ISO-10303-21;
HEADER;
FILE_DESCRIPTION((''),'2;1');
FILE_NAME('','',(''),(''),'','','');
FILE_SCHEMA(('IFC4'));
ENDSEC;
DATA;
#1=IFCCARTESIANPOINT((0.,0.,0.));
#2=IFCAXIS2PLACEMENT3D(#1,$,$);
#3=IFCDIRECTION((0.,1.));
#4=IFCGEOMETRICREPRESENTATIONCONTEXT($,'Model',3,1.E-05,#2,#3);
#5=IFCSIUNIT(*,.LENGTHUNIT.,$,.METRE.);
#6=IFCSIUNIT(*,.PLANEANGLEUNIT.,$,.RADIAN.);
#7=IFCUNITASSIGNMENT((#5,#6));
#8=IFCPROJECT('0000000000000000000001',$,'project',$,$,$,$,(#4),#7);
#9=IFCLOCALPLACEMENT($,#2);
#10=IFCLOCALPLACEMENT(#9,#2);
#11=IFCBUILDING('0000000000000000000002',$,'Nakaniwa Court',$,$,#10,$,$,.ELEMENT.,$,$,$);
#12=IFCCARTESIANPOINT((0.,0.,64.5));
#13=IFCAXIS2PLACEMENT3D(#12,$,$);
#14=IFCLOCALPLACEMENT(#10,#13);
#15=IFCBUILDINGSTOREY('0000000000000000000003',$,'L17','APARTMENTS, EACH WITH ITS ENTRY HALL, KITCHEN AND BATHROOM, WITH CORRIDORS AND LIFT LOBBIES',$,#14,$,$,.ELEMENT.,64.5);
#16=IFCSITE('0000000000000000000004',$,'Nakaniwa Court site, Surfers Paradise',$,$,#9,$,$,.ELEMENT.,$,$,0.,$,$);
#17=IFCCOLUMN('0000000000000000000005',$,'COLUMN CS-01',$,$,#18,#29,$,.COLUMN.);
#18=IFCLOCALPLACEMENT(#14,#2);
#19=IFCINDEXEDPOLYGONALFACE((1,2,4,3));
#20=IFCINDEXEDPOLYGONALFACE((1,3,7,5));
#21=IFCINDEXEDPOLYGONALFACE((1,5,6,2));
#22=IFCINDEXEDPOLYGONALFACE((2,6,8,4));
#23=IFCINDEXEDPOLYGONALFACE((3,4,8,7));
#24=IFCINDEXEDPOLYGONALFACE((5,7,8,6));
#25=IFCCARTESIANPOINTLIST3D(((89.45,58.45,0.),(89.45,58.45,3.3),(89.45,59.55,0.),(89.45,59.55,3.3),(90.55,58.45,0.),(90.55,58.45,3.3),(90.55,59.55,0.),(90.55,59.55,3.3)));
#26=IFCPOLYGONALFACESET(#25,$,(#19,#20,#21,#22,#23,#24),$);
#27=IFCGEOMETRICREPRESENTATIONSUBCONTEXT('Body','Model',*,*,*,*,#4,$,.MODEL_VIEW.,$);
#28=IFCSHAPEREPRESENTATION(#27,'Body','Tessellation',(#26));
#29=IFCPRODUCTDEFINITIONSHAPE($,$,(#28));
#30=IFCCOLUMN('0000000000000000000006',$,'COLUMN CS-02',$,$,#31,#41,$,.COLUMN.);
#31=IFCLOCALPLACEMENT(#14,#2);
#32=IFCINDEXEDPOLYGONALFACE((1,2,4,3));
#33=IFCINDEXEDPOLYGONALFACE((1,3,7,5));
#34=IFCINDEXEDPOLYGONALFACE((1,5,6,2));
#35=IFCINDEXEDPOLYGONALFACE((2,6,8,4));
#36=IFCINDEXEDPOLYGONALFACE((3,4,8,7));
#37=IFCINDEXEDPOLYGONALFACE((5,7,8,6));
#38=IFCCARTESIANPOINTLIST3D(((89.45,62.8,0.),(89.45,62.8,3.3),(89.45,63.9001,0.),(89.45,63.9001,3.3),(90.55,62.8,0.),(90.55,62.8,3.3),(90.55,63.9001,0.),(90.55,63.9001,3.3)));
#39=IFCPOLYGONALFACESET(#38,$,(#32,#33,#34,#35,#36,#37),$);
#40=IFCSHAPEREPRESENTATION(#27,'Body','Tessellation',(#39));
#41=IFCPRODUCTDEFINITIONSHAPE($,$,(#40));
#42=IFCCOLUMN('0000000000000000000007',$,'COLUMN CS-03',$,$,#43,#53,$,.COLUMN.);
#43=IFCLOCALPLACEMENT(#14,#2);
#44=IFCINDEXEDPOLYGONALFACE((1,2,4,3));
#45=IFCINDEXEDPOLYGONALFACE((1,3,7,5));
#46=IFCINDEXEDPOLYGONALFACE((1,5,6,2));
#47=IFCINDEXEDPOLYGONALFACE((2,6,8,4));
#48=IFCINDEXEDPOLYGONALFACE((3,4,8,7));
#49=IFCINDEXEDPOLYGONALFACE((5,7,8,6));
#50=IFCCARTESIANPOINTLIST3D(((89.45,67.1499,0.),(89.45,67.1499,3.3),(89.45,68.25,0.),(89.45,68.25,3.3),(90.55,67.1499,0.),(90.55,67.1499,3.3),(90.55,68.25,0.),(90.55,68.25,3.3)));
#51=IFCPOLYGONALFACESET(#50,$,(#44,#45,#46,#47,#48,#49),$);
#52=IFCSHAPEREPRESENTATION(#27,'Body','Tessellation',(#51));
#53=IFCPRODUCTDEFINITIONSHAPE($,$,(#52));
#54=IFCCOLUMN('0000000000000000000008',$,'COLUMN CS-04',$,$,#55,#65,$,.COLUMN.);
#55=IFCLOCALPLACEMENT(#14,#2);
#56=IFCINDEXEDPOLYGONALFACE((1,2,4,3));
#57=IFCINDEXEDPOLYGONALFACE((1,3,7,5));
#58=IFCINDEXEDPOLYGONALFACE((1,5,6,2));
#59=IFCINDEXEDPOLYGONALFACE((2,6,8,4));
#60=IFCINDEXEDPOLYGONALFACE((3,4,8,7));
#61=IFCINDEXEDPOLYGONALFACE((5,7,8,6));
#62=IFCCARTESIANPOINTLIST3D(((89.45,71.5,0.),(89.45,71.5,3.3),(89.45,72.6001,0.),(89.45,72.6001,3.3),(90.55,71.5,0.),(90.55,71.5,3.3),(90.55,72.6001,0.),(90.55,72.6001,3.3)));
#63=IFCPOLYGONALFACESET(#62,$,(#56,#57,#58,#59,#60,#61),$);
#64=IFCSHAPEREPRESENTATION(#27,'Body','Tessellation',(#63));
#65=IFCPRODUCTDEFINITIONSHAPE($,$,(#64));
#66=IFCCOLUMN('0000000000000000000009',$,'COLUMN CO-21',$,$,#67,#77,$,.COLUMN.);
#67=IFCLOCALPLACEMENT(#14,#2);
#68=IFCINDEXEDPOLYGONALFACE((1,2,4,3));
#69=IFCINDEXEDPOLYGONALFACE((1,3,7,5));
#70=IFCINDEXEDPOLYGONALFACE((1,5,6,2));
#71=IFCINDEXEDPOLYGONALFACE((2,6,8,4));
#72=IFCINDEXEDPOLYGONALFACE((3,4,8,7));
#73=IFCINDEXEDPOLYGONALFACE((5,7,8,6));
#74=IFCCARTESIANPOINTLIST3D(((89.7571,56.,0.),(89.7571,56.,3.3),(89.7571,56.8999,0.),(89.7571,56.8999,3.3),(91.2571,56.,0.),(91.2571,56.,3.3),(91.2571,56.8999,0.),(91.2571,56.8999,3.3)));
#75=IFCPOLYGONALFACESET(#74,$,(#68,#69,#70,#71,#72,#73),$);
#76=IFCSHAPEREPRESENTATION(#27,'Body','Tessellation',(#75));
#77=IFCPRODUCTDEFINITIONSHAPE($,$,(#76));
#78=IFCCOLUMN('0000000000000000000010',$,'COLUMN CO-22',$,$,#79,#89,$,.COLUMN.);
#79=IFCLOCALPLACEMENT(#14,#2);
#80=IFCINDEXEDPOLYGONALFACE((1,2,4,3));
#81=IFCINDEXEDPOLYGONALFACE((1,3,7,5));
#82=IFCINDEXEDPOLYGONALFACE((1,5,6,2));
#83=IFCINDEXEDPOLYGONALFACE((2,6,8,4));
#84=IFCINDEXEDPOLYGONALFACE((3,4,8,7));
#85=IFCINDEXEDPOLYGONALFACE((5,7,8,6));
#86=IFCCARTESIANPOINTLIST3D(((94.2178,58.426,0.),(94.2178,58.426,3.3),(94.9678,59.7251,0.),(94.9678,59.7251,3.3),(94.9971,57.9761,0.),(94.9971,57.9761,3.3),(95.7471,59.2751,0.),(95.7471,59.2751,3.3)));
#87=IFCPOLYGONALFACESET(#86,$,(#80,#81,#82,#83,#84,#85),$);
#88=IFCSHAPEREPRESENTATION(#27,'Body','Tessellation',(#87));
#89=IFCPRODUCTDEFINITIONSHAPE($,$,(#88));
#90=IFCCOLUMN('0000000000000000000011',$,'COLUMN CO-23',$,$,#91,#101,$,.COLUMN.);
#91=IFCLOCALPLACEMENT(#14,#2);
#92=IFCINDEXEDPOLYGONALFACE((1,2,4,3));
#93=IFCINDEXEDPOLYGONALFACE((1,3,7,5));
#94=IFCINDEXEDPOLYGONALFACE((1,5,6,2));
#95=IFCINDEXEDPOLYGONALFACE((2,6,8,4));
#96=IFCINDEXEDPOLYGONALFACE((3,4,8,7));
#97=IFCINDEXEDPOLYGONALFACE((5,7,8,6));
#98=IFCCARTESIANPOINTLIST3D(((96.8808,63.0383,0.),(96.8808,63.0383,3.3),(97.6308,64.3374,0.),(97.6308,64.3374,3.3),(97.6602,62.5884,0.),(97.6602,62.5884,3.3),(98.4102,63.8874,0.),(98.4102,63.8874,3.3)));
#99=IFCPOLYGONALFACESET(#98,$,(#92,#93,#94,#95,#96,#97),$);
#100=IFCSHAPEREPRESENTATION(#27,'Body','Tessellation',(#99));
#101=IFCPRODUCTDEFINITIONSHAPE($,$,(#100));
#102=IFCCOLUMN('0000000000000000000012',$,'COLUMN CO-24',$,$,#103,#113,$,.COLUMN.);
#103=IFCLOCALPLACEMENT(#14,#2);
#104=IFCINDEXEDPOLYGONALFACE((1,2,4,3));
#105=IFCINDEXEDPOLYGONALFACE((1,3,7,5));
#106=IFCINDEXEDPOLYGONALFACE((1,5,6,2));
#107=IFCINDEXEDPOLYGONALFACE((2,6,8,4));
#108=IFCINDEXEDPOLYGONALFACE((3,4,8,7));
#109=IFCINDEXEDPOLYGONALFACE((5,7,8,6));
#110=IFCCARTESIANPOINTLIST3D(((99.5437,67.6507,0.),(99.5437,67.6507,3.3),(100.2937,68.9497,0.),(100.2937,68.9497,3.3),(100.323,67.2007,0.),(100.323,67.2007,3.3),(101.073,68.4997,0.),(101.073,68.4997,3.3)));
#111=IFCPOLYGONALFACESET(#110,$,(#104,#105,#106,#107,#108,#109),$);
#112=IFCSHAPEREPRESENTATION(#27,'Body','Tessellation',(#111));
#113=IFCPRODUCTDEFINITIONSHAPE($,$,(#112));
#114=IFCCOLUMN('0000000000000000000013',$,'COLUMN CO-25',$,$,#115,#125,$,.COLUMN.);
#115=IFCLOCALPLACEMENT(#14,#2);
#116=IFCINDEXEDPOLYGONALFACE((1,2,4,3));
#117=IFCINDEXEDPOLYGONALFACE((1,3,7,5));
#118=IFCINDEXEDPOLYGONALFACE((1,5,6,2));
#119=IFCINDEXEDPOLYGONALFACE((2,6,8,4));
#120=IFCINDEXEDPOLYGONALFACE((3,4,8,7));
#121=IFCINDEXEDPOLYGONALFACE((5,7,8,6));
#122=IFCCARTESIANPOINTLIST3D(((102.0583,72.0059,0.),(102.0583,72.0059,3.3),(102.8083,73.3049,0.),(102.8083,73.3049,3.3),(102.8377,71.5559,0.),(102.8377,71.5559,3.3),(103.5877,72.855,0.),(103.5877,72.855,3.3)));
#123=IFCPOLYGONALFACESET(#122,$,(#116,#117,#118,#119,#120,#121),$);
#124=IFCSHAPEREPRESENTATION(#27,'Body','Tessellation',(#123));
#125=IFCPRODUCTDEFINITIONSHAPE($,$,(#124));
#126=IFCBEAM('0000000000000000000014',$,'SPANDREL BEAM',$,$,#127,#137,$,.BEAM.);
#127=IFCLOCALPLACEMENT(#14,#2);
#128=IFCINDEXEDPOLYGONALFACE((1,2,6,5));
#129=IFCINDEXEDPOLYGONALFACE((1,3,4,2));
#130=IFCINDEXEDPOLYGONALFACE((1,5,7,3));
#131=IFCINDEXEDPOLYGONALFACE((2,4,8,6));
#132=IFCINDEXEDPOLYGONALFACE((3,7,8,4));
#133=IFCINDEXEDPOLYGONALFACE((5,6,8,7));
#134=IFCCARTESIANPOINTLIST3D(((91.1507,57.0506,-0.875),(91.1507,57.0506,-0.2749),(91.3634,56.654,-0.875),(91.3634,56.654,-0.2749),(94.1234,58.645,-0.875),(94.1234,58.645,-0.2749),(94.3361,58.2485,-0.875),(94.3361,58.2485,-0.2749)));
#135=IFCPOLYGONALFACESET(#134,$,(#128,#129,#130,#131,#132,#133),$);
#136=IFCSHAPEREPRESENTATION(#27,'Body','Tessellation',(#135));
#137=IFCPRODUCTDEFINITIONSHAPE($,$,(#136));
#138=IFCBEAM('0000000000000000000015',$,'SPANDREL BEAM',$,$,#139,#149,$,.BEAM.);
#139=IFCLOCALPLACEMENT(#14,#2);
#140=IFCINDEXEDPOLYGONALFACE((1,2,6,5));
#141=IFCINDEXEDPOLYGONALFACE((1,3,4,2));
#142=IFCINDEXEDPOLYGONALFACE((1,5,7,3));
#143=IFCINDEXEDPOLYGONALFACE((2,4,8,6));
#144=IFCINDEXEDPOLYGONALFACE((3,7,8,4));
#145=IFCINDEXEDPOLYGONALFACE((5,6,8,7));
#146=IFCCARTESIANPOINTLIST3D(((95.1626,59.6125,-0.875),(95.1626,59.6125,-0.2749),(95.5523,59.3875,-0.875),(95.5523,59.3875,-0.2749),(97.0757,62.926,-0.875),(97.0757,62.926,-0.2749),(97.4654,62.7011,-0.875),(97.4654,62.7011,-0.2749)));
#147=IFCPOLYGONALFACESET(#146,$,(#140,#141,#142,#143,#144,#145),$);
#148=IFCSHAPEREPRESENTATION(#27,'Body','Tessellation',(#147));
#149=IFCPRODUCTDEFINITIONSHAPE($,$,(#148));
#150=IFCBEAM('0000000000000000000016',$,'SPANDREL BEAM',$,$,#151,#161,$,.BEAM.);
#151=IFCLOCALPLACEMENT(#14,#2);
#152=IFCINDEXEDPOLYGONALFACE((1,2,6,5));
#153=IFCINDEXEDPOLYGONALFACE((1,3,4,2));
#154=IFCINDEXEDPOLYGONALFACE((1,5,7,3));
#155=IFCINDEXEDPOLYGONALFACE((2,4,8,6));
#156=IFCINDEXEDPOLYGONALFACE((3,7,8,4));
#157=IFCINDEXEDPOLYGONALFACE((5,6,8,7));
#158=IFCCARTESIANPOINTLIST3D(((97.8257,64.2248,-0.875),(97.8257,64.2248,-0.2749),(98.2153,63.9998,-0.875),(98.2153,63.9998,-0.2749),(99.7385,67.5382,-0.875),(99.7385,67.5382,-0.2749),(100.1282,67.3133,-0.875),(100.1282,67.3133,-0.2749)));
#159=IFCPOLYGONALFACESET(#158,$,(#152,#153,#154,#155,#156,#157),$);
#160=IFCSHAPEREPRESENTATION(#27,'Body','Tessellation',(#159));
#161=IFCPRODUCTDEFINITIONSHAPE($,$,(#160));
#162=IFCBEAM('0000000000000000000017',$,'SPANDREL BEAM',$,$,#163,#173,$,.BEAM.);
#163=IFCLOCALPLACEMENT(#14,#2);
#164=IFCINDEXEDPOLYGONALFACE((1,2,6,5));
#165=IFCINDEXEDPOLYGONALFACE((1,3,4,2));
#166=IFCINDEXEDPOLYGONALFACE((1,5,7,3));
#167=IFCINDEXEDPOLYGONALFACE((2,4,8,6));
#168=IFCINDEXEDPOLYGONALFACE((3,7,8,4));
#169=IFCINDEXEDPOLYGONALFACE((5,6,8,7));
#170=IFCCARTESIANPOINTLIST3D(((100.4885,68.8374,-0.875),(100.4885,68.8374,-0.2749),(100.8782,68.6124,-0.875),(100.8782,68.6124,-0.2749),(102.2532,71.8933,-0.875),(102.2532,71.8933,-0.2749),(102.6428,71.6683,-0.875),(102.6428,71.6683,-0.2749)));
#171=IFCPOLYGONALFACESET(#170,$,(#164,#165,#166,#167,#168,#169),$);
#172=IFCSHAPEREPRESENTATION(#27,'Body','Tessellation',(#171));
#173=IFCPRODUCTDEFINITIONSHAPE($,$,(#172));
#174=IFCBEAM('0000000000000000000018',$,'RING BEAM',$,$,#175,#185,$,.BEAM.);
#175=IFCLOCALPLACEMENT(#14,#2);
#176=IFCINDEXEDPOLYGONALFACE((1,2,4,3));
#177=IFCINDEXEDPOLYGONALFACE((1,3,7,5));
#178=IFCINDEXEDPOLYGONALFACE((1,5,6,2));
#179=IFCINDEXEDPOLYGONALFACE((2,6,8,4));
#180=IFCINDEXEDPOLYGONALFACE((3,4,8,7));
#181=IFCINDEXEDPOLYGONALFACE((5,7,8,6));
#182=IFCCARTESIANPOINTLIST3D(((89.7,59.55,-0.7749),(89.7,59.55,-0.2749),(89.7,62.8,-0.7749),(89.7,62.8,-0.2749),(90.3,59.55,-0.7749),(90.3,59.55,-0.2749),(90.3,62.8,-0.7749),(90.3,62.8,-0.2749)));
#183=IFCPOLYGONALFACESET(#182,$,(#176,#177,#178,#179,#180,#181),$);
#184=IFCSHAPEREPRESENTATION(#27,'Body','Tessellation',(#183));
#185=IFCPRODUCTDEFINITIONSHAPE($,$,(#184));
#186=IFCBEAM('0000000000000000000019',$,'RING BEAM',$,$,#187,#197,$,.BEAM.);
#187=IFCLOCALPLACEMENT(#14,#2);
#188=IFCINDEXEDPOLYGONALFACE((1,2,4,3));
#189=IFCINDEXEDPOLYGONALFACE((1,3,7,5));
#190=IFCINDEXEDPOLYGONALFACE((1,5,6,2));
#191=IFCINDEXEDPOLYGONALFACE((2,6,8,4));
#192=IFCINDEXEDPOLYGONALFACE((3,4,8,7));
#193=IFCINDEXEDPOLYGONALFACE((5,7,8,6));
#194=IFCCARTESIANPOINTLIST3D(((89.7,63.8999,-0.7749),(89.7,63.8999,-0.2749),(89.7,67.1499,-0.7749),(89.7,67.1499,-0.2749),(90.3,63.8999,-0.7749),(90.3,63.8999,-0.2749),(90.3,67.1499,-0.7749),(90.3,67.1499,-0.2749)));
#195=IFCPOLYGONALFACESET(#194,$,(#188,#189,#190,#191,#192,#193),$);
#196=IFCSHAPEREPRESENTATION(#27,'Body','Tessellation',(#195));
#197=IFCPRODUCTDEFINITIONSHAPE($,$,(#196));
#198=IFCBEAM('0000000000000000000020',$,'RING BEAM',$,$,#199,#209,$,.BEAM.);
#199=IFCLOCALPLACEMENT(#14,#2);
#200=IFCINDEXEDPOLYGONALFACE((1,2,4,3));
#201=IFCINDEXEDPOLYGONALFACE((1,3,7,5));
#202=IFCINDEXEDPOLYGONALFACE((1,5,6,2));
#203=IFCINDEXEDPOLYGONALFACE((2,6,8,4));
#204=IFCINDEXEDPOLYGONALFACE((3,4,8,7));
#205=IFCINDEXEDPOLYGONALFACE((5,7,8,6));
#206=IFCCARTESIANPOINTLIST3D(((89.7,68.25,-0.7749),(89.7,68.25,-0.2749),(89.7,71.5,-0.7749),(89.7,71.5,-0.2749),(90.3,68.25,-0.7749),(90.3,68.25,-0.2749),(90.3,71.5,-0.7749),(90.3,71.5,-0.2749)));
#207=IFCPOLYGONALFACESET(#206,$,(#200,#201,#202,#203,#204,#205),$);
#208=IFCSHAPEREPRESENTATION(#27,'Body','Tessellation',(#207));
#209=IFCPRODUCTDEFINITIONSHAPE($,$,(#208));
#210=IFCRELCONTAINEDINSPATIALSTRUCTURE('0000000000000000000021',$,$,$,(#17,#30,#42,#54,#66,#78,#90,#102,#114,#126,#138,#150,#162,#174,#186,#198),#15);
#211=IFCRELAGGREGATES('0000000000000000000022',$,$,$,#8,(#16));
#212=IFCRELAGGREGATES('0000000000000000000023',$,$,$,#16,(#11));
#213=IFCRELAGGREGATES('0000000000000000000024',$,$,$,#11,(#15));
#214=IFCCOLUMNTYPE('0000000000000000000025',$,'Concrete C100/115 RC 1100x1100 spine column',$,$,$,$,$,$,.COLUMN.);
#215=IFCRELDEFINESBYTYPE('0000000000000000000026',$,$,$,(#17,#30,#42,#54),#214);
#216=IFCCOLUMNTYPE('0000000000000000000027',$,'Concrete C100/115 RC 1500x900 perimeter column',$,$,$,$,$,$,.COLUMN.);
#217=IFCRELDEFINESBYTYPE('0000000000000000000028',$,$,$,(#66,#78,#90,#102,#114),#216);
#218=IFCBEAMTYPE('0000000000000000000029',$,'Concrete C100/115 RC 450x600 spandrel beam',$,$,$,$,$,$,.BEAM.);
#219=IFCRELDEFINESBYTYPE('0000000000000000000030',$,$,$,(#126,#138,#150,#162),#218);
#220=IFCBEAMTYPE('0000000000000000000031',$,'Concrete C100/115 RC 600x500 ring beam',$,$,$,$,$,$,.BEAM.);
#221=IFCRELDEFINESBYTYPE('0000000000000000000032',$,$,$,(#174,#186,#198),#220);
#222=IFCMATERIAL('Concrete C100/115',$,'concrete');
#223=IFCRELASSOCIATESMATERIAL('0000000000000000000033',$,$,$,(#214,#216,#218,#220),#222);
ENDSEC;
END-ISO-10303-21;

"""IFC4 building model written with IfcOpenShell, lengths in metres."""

from ifc_helpers import new_model, si_unit, direction, frame, origin, origin_2d, place, context, subcontext, project, spatial, rectangle, extrude, material, material_profile, profile_set, type_object, element, save


model = new_model("IFC4")

# Units and contexts
model_context = context("Model", 3, precision=1e-05, world=origin(), true_north=direction((0.0, 1.0)))
body_context = subcontext(model_context, "Body", "Model", "MODEL_VIEW")
ifc_project = project(units=[si_unit("LENGTHUNIT", "METRE"), si_unit("PLANEANGLEUNIT", "RADIAN")], contexts=[model_context])

# Site, building, storey
site_placement = place(None, origin())
site = spatial("IfcSite", under=ifc_project, at=site_placement, Name="Nakaniwa Court site, Surfers Paradise", CompositionType="ELEMENT", RefElevation=0.0)
building_placement = place(site_placement, origin())
building = spatial("IfcBuilding", under=site, at=building_placement, Name="Nakaniwa Court", CompositionType="ELEMENT")
storey_placement = place(building_placement, frame((0.0, 0.0, 64.5)))
storey = spatial("IfcBuildingStorey", under=building, at=storey_placement, Name="L17", Description="APARTMENTS, EACH WITH ITS ENTRY HALL, KITCHEN AND BATHROOM, WITH CORRIDORS AND LIFT LOBBIES", CompositionType="ELEMENT", Elevation=64.5)

# Columns
ifc_material_1 = material(Name="Concrete C100/115", Category="concrete")
ifc_material_profile_1 = material_profile(ifc_material_1, rectangle(XDim=1.1001, YDim=1.1001, at=origin_2d()), Name="Concrete C100/115 RC 1100x1100 spine column")
ifc_profile_set_1 = profile_set([ifc_material_profile_1], Name="Concrete C100/115")
column_type_1 = type_object("IfcColumnType", Name="Concrete C100/115 RC 1100x1100 spine column", PredefinedType="COLUMN", material=ifc_profile_set_1)
for number, where, z_axis, x_axis, name in (
    (1, (90.0, 59.0, 0.0), (0.0, 0.0, 1.0), (0.0, 1.0, 0.0), "COLUMN CS-01"),
    (2, (90.0, 63.3501, 0.0), (0.0, 0.0, 1.0), (0.0, 1.0, 0.0), "COLUMN CS-02"),
    (3, (90.0, 67.7, 0.0), (0.0, 0.0, 1.0), (0.0, 1.0, 0.0), "COLUMN CS-03"),
    (4, (90.0, 72.05, 0.0), (0.0, 0.0, 1.0), (0.0, 1.0, 0.0), "COLUMN CS-04"),
):
    element("IfcColumn", number, at=place(storey_placement, frame(where, z_axis=z_axis, x_axis=x_axis)), inside=storey, type_object=column_type_1, Name=name, PredefinedType="COLUMN", context=body_context, shape_type="SweptSolid", body=[
        extrude(rectangle(XDim=1.1001, YDim=1.1001, at=origin_2d()), origin(), (0.0, 0.0, 1.0), 3.3),
    ])
ifc_material_profile_2 = material_profile(ifc_material_1, rectangle(XDim=1.5, YDim=0.8999, at=origin_2d()), Name="Concrete C100/115 RC 1500x900 perimeter column")
ifc_profile_set_2 = profile_set([ifc_material_profile_2], Name="Concrete C100/115")
column_type_2 = type_object("IfcColumnType", Name="Concrete C100/115 RC 1500x900 perimeter column", PredefinedType="COLUMN", material=ifc_profile_set_2)
for number, where, z_axis, x_axis, name in (
    (5, (90.5071, 56.45, 0.0), (0.0, 0.0, 1.0), (1.0, 0.0, 0.0), "COLUMN CO-21"),
    (6, (94.9824, 58.8506, 0.0), (0.0, 0.0, 1.0), (0.5, 0.866025, 0.0), "COLUMN CO-22"),
    (7, (97.6455, 63.4629, 0.0), (0.0, 0.0, 1.0), (0.5, 0.866025, 0.0), "COLUMN CO-23"),
    (8, (100.3083, 68.0752, 0.0), (0.0, 0.0, 1.0), (0.5, 0.866025, 0.0), "COLUMN CO-24"),
    (9, (102.823, 72.4304, 0.0), (0.0, 0.0, 1.0), (0.5, 0.866025, 0.0), "COLUMN CO-25"),
):
    element("IfcColumn", number, at=place(storey_placement, frame(where, z_axis=z_axis, x_axis=x_axis)), inside=storey, type_object=column_type_2, Name=name, PredefinedType="COLUMN", context=body_context, shape_type="SweptSolid", body=[
        extrude(rectangle(XDim=1.5, YDim=0.8999, at=origin_2d()), origin(), (0.0, 0.0, 1.0), 3.3),
    ])

# Beams
ifc_material_profile_3 = material_profile(ifc_material_1, rectangle(XDim=0.45, YDim=0.6001, at=origin_2d()), Name="Concrete C100/115 RC 450x600 spandrel beam")
ifc_profile_set_3 = profile_set([ifc_material_profile_3], Name="Concrete C100/115")
beam_type_1 = type_object("IfcBeamType", Name="Concrete C100/115 RC 450x600 spandrel beam", PredefinedType="BEAM", material=ifc_profile_set_3)
beam_1_placement = place(storey_placement, frame((91.2571, 56.8523, -0.575), z_axis=(0.881235, 0.472679, 0.0), x_axis=(-0.472679, 0.881235, 0.0)))
element("IfcBeam", 10, at=beam_1_placement, inside=storey, type_object=beam_type_1, Name="SPANDREL BEAM", PredefinedType="BEAM", context=body_context, shape_type="SweptSolid", body=[
    extrude(rectangle(XDim=0.45, YDim=0.6001, at=origin_2d()), origin(), (0.0, 0.0, 1.0), 3.3733),
])
beam_2_placement = place(storey_placement, frame((95.3574, 59.5, -0.575), z_axis=(0.50001, 0.86602, 0.0), x_axis=(-0.86602, 0.50001, 0.0)))
element("IfcBeam", 11, at=beam_2_placement, inside=storey, type_object=beam_type_1, Name="SPANDREL BEAM", PredefinedType="BEAM", context=body_context, shape_type="SweptSolid", body=[
    extrude(rectangle(XDim=0.45, YDim=0.6001, at=origin_2d()), origin(), (0.0, 0.0, 1.0), 3.8262),
])
beam_3_placement = place(storey_placement, frame((98.0205, 64.1123, -0.575), z_axis=(0.499962, 0.866047, 0.0), x_axis=(-0.866047, 0.499962, 0.0)))
element("IfcBeam", 12, at=beam_3_placement, inside=storey, type_object=beam_type_1, Name="SPANDREL BEAM", PredefinedType="BEAM", context=body_context, shape_type="SweptSolid", body=[
    extrude(rectangle(XDim=0.45, YDim=0.6001, at=origin_2d()), origin(), (0.0, 0.0, 1.0), 3.8259),
])
beam_4_placement = place(storey_placement, frame((100.6833, 68.7249, -0.575), z_axis=(0.500068, 0.865986, 0.0), x_axis=(-0.865986, 0.500068, 0.0)))
element("IfcBeam", 13, at=beam_4_placement, inside=storey, type_object=beam_type_1, Name="SPANDREL BEAM", PredefinedType="BEAM", context=body_context, shape_type="SweptSolid", body=[
    extrude(rectangle(XDim=0.45, YDim=0.6001, at=origin_2d()), origin(), (0.0, 0.0, 1.0), 3.5288),
])
ifc_material_profile_4 = material_profile(ifc_material_1, rectangle(XDim=0.6001, YDim=0.5, at=origin_2d()), Name="Concrete C100/115 RC 600x500 ring beam")
ifc_profile_set_4 = profile_set([ifc_material_profile_4], Name="Concrete C100/115")
beam_type_2 = type_object("IfcBeamType", Name="Concrete C100/115 RC 600x500 ring beam", PredefinedType="BEAM", material=ifc_profile_set_4)
for number, where, z_axis, x_axis, name in (
    (14, (90.0, 59.55, -0.5249), (0.0, 1.0, 0.0), (-1.0, 0.0, 0.0), "RING BEAM"),
    (15, (90.0, 63.8999, -0.5249), (0.0, 1.0, 0.0), (-1.0, 0.0, 0.0), "RING BEAM"),
    (16, (90.0, 68.25, -0.5249), (0.0, 1.0, 0.0), (-1.0, 0.0, 0.0), "RING BEAM"),
):
    element("IfcBeam", number, at=place(storey_placement, frame(where, z_axis=z_axis, x_axis=x_axis)), inside=storey, type_object=beam_type_2, Name=name, PredefinedType="BEAM", context=body_context, shape_type="SweptSolid", body=[
        extrude(rectangle(XDim=0.6001, YDim=0.5, at=origin_2d()), origin(), (0.0, 0.0, 1.0), 3.25),
    ])

save(model, "model.ifc")
